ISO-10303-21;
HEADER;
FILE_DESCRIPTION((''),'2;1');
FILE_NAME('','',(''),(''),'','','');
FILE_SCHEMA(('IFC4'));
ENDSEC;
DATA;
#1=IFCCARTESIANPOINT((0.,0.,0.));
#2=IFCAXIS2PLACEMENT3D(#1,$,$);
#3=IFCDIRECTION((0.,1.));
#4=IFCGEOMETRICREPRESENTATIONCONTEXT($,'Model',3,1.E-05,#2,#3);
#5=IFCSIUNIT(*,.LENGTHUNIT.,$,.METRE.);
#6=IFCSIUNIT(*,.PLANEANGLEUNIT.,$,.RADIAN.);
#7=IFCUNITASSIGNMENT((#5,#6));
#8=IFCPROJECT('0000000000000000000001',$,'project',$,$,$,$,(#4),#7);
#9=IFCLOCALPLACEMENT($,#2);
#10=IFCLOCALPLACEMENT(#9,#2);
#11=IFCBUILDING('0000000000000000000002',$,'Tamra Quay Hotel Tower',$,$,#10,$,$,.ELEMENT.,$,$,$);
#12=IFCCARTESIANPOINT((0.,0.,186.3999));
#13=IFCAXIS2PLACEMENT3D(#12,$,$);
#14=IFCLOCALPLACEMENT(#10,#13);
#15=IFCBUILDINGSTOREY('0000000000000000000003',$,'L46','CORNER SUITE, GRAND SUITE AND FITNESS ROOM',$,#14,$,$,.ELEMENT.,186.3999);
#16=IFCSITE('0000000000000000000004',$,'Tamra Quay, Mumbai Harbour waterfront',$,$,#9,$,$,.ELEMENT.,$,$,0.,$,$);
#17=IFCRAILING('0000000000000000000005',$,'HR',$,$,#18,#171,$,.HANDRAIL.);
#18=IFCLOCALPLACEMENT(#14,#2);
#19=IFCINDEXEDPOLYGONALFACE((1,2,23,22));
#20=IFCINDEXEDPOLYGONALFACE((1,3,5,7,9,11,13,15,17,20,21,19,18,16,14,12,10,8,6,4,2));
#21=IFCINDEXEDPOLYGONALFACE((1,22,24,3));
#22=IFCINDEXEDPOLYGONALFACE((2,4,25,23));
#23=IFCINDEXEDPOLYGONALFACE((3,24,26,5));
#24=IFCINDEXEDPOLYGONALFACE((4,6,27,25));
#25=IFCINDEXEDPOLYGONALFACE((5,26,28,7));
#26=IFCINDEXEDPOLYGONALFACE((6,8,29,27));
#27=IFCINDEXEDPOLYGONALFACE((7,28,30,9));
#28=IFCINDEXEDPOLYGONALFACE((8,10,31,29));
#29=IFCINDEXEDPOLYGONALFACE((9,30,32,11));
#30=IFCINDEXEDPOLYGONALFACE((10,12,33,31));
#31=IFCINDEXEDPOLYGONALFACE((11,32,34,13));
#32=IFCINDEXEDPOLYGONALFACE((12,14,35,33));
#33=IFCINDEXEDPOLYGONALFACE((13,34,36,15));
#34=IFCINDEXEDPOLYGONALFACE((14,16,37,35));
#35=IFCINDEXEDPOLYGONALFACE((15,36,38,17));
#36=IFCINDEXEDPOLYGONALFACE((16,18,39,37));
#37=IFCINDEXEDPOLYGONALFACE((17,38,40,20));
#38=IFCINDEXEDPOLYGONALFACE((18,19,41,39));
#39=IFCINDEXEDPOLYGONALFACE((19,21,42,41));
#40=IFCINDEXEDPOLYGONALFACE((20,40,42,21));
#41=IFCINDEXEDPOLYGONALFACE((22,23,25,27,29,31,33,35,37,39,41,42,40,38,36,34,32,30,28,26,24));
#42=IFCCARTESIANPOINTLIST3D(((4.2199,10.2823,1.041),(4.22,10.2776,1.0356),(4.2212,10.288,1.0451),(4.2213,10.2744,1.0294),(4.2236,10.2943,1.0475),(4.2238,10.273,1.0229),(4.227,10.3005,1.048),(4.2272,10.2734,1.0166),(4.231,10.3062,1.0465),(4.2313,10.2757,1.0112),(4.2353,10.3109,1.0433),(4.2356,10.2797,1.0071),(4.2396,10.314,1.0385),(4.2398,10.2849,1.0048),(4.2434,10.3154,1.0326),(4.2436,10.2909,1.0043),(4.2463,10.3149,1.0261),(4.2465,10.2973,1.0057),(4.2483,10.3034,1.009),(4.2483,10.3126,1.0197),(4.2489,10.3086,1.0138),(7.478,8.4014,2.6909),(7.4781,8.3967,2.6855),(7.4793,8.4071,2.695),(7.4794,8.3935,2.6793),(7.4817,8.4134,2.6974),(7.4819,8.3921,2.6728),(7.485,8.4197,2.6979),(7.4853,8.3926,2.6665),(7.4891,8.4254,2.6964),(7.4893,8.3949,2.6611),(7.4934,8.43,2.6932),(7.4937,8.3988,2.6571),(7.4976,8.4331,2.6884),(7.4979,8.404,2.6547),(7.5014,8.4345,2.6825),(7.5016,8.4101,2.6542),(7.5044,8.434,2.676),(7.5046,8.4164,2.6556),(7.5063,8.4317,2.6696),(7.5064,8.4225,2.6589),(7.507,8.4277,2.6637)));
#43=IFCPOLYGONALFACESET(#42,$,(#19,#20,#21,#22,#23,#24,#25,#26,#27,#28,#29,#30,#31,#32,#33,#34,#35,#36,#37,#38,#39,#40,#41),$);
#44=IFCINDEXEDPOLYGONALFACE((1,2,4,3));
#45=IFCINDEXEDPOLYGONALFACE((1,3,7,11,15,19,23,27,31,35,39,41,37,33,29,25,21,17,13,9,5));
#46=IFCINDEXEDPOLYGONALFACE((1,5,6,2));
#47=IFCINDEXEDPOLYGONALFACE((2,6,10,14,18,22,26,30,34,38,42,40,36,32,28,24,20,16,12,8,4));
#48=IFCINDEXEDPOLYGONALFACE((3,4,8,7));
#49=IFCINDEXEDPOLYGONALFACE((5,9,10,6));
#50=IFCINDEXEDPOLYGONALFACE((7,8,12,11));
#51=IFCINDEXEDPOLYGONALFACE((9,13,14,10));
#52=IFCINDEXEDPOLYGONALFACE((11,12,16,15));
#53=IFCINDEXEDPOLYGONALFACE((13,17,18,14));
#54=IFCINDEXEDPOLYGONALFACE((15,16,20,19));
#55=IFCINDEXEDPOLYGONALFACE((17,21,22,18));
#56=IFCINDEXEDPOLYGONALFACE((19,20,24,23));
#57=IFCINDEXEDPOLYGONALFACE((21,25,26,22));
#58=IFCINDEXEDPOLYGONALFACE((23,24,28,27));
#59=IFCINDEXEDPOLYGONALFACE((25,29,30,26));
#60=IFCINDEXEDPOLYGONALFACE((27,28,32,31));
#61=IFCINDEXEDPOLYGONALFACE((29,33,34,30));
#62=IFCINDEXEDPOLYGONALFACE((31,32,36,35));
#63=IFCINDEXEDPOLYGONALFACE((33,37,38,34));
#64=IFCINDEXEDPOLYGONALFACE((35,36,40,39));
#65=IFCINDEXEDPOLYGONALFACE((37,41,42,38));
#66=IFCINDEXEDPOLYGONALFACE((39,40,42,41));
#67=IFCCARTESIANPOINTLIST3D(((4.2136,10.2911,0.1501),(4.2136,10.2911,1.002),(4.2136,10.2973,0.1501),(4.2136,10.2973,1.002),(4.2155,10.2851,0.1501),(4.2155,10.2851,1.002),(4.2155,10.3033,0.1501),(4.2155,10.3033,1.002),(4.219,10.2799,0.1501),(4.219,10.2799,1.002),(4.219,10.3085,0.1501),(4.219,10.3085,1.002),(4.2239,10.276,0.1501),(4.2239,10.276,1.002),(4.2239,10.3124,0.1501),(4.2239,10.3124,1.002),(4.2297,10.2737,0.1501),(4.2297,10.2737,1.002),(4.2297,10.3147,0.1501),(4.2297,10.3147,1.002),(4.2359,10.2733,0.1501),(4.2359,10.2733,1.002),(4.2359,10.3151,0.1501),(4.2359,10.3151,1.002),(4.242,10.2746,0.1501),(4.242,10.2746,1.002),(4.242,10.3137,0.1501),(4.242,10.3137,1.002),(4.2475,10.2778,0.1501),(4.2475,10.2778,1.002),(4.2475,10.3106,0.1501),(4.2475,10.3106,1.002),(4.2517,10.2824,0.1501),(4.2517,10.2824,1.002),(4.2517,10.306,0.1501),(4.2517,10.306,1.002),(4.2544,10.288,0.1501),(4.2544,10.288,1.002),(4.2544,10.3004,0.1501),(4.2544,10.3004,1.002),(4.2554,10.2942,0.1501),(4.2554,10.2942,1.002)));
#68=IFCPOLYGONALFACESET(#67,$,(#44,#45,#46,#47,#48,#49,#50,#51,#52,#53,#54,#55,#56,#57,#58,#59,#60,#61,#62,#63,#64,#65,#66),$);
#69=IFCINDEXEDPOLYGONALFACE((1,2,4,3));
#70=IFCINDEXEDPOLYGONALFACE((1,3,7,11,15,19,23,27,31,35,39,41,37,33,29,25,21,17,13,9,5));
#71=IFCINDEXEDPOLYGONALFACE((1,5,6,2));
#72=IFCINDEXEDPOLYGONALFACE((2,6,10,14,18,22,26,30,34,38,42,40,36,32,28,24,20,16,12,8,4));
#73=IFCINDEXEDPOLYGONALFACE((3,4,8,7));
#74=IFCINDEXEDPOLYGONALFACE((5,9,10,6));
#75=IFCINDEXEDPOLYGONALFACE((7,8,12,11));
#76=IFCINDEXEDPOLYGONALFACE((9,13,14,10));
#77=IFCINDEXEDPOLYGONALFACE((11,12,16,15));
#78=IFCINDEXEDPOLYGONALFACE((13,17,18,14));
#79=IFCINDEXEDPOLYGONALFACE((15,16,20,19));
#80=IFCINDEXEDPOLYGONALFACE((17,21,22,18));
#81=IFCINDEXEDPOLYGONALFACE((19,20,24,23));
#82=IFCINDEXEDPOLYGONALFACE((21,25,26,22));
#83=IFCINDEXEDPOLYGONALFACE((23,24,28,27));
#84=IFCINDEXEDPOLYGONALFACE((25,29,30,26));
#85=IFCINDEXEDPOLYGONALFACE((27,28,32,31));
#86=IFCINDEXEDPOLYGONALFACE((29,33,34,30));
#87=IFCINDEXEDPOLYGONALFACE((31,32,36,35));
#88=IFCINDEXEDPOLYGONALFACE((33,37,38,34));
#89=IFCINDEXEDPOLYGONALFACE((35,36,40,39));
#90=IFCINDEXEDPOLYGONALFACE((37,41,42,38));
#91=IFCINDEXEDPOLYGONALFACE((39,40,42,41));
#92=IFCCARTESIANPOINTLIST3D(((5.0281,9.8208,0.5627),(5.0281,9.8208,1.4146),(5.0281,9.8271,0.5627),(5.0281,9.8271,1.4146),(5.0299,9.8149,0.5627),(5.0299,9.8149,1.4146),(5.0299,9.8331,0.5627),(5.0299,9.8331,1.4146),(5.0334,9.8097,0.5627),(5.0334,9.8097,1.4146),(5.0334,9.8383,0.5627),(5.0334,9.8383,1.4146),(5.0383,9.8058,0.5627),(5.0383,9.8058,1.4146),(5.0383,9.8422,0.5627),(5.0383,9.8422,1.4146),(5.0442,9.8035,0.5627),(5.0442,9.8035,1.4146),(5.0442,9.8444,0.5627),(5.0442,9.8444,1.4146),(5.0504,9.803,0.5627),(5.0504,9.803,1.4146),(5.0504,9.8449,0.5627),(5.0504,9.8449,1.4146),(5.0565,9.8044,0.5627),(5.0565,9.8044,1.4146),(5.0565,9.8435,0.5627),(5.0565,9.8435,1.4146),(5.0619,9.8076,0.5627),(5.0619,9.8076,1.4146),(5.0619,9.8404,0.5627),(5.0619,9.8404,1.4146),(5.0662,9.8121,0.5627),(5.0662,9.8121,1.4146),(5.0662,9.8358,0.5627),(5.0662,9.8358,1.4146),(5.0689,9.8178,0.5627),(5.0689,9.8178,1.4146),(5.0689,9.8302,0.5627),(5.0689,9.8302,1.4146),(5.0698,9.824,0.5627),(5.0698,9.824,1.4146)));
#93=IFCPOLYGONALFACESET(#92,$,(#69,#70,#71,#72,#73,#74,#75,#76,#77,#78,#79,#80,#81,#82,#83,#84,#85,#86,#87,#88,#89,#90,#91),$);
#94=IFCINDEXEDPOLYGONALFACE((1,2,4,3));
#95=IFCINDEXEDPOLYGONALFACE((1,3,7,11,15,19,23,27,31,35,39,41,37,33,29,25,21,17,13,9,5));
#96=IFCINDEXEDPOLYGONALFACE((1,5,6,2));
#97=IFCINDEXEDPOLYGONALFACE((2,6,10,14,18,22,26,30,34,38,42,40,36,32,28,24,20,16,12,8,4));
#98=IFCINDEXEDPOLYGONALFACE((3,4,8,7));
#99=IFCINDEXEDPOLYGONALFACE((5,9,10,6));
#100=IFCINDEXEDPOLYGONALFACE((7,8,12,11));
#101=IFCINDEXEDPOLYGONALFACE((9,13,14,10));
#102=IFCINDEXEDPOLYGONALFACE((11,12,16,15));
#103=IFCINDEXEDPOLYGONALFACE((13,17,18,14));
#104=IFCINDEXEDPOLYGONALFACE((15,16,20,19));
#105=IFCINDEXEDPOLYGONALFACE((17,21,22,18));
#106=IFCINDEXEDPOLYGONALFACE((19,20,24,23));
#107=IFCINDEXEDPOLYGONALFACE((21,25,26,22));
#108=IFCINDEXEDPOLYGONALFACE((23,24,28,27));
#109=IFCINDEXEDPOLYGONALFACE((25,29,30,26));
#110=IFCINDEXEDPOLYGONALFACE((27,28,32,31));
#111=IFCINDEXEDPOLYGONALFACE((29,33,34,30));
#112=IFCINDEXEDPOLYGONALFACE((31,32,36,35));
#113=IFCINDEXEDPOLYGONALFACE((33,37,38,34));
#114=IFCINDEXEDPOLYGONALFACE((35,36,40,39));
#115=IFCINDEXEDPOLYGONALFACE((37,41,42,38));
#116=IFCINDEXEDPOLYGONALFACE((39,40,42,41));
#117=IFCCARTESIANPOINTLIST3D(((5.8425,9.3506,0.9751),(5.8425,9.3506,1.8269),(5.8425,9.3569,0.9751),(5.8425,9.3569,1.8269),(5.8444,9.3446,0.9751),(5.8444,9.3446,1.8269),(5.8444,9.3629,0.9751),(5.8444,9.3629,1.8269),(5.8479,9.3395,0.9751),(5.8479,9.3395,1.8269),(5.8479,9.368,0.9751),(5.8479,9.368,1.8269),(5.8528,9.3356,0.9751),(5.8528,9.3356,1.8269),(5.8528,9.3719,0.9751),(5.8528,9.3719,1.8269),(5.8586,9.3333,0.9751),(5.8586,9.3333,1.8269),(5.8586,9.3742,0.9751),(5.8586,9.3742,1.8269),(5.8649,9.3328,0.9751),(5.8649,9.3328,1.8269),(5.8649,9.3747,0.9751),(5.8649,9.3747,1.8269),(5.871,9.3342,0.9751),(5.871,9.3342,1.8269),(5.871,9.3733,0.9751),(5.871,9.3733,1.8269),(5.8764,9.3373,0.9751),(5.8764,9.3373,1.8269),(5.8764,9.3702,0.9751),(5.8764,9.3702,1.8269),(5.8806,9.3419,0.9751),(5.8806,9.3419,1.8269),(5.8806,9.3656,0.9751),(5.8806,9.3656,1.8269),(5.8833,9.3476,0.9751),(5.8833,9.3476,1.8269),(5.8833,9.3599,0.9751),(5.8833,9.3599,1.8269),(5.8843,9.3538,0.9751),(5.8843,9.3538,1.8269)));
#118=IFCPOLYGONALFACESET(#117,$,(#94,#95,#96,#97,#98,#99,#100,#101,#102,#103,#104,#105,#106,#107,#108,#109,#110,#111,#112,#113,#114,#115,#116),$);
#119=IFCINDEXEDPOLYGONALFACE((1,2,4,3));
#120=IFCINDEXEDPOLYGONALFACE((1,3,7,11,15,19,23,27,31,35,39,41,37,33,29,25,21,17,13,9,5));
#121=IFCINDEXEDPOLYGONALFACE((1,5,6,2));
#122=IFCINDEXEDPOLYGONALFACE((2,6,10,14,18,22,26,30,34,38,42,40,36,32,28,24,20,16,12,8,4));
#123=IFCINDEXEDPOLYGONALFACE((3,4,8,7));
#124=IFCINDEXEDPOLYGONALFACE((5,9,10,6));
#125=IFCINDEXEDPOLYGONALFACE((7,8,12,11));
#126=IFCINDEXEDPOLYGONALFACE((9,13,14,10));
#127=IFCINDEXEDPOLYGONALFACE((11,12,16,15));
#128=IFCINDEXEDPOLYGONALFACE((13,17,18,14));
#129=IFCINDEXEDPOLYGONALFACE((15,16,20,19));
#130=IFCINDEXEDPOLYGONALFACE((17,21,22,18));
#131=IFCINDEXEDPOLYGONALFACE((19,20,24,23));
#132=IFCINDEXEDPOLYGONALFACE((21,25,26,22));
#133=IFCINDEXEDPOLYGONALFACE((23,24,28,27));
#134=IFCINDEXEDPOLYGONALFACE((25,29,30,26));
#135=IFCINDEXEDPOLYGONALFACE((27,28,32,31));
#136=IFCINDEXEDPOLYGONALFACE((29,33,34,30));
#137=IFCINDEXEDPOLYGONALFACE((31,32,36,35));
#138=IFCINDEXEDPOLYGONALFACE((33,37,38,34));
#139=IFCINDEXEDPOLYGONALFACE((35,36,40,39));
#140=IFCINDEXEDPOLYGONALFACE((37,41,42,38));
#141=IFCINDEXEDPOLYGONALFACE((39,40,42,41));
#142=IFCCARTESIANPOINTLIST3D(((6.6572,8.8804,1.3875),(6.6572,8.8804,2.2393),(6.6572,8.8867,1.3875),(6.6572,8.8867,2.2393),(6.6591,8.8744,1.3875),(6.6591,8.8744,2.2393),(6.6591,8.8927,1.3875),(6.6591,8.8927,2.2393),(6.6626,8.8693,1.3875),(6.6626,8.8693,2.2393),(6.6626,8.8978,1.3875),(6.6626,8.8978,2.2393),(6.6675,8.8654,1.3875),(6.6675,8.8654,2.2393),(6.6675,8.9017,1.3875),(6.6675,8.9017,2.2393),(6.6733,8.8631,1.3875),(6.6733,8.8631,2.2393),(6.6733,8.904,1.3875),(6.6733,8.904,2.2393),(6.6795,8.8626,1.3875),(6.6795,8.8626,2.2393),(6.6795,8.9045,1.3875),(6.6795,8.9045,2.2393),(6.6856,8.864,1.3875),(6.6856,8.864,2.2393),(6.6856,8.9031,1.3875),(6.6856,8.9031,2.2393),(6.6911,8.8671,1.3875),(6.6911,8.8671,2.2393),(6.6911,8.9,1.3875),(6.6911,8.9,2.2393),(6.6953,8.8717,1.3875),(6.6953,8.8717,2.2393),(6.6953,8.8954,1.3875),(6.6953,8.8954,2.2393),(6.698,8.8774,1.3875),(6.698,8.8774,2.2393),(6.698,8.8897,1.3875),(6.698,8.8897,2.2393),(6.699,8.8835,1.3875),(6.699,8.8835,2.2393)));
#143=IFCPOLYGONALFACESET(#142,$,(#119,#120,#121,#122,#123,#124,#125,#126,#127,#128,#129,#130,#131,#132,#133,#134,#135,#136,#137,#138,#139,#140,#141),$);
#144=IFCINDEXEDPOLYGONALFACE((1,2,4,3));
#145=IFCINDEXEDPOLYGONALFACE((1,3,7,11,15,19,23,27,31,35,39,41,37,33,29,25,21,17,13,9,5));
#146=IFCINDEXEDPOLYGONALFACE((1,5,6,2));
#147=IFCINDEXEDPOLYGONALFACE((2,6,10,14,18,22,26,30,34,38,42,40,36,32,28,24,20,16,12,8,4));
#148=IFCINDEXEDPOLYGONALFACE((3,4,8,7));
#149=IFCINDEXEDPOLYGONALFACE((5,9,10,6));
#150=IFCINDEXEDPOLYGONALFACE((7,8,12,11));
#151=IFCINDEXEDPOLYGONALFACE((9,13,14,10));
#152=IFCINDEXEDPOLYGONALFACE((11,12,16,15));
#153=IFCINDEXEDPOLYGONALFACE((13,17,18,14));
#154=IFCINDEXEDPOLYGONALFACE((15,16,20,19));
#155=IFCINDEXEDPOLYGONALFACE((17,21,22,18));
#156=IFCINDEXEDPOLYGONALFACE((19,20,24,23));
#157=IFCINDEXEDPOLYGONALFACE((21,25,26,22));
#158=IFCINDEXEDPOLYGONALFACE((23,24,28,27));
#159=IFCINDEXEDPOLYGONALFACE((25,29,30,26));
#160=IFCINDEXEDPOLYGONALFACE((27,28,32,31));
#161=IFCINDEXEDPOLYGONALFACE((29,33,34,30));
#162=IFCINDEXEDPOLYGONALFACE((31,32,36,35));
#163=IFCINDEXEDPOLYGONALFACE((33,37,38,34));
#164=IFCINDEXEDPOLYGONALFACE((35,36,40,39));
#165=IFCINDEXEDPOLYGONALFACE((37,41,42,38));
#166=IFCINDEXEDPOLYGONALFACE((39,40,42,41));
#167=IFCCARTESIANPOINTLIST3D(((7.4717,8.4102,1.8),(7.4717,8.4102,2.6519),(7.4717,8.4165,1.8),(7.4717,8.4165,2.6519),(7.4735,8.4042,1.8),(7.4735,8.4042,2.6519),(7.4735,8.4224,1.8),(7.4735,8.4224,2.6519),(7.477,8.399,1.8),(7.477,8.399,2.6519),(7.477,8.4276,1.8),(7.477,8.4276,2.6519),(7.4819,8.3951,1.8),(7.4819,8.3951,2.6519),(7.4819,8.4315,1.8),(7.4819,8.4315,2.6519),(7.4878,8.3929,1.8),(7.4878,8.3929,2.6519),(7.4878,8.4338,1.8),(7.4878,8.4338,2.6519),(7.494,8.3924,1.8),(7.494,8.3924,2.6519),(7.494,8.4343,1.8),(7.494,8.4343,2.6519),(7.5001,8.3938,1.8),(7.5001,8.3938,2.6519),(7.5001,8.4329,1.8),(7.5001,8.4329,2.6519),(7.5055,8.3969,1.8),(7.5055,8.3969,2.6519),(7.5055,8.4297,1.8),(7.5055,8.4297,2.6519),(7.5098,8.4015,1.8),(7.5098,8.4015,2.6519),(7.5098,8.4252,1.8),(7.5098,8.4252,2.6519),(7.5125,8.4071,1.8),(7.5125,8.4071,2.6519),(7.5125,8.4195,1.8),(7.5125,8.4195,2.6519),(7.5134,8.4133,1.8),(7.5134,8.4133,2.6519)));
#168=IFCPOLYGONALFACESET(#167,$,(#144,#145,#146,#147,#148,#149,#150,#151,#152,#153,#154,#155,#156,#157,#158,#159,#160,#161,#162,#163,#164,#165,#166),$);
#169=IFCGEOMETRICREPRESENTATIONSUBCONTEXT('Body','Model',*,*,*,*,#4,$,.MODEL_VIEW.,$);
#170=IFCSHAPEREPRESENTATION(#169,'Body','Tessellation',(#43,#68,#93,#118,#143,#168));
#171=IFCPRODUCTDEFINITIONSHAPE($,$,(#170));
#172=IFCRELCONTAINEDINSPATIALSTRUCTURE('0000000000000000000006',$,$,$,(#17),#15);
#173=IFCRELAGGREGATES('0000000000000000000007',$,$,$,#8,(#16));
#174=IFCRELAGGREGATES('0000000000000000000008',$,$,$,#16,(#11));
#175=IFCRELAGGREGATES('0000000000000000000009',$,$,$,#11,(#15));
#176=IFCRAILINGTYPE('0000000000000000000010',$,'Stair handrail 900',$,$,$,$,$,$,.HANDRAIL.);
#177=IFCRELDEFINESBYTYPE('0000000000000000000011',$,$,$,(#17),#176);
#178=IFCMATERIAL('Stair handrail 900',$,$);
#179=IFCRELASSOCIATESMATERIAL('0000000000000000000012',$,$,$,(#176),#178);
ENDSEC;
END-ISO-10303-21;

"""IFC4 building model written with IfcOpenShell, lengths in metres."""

from ifc_helpers import new_model, si_unit, direction, frame, origin, origin_2d, place, context, subcontext, project, spatial, circle, extrude, material, type_object, element, save


model = new_model("IFC4")

# Units and contexts
model_context = context("Model", 3, precision=1e-05, world=origin(), true_north=direction((0.0, 1.0)))
body_context = subcontext(model_context, "Body", "Model", "MODEL_VIEW")
ifc_project = project(units=[si_unit("LENGTHUNIT", "METRE"), si_unit("PLANEANGLEUNIT", "RADIAN")], contexts=[model_context])

# Site, building, storey
site_placement = place(None, origin())
site = spatial("IfcSite", under=ifc_project, at=site_placement, Name="Tamra Quay, Mumbai Harbour waterfront", CompositionType="ELEMENT", RefElevation=0.0)
building_placement = place(site_placement, origin())
building = spatial("IfcBuilding", under=site, at=building_placement, Name="Tamra Quay Hotel Tower", CompositionType="ELEMENT")
storey_placement = place(building_placement, frame((0.0, 0.0, 186.3999)))
storey = spatial("IfcBuildingStorey", under=building, at=storey_placement, Name="L46", Description="CORNER SUITE, GRAND SUITE AND FITNESS ROOM", CompositionType="ELEMENT", Elevation=186.3999)

# Railing
ifc_material_1 = material(Name="Stair handrail 900")
railing_type_1 = type_object("IfcRailingType", Name="Stair handrail 900", PredefinedType="HANDRAIL", material=ifc_material_1)
railing_1_placement = place(storey_placement, frame((4.2344, 10.2942, 0.1501)))
element("IfcRailing", 1, at=railing_1_placement, inside=storey, type_object=railing_type_1, Name="HR", PredefinedType="HANDRAIL", context=body_context, shape_type="SweptSolid", body=[
    extrude(circle(Radius=0.0239, at=origin_2d()), frame((0.0, 0.0, 0.876), z_axis=(0.793122, -0.457865, 0.401642), x_axis=(0.499964, 0.866046, 0.0)), (0.0, 0.0, 1.0), 4.1079),
    extrude(circle(Radius=0.021, at=origin_2d()), origin(), (0.0, 0.0, 1.0), 0.8518),
    extrude(circle(Radius=0.021, at=origin_2d()), frame((0.8145, -0.4702, 0.4126)), (0.0, 0.0, 1.0), 0.8518),
    extrude(circle(Radius=0.021, at=origin_2d()), frame((1.6289, -0.9404, 0.825)), (0.0, 0.0, 1.0), 0.8518),
    extrude(circle(Radius=0.021, at=origin_2d()), frame((2.4436, -1.4106, 1.2373)), (0.0, 0.0, 1.0), 0.8518),
    extrude(circle(Radius=0.021, at=origin_2d()), frame((3.2581, -1.8809, 1.6499)), (0.0, 0.0, 1.0), 0.8518),
])

save(model, "model.ifc")
